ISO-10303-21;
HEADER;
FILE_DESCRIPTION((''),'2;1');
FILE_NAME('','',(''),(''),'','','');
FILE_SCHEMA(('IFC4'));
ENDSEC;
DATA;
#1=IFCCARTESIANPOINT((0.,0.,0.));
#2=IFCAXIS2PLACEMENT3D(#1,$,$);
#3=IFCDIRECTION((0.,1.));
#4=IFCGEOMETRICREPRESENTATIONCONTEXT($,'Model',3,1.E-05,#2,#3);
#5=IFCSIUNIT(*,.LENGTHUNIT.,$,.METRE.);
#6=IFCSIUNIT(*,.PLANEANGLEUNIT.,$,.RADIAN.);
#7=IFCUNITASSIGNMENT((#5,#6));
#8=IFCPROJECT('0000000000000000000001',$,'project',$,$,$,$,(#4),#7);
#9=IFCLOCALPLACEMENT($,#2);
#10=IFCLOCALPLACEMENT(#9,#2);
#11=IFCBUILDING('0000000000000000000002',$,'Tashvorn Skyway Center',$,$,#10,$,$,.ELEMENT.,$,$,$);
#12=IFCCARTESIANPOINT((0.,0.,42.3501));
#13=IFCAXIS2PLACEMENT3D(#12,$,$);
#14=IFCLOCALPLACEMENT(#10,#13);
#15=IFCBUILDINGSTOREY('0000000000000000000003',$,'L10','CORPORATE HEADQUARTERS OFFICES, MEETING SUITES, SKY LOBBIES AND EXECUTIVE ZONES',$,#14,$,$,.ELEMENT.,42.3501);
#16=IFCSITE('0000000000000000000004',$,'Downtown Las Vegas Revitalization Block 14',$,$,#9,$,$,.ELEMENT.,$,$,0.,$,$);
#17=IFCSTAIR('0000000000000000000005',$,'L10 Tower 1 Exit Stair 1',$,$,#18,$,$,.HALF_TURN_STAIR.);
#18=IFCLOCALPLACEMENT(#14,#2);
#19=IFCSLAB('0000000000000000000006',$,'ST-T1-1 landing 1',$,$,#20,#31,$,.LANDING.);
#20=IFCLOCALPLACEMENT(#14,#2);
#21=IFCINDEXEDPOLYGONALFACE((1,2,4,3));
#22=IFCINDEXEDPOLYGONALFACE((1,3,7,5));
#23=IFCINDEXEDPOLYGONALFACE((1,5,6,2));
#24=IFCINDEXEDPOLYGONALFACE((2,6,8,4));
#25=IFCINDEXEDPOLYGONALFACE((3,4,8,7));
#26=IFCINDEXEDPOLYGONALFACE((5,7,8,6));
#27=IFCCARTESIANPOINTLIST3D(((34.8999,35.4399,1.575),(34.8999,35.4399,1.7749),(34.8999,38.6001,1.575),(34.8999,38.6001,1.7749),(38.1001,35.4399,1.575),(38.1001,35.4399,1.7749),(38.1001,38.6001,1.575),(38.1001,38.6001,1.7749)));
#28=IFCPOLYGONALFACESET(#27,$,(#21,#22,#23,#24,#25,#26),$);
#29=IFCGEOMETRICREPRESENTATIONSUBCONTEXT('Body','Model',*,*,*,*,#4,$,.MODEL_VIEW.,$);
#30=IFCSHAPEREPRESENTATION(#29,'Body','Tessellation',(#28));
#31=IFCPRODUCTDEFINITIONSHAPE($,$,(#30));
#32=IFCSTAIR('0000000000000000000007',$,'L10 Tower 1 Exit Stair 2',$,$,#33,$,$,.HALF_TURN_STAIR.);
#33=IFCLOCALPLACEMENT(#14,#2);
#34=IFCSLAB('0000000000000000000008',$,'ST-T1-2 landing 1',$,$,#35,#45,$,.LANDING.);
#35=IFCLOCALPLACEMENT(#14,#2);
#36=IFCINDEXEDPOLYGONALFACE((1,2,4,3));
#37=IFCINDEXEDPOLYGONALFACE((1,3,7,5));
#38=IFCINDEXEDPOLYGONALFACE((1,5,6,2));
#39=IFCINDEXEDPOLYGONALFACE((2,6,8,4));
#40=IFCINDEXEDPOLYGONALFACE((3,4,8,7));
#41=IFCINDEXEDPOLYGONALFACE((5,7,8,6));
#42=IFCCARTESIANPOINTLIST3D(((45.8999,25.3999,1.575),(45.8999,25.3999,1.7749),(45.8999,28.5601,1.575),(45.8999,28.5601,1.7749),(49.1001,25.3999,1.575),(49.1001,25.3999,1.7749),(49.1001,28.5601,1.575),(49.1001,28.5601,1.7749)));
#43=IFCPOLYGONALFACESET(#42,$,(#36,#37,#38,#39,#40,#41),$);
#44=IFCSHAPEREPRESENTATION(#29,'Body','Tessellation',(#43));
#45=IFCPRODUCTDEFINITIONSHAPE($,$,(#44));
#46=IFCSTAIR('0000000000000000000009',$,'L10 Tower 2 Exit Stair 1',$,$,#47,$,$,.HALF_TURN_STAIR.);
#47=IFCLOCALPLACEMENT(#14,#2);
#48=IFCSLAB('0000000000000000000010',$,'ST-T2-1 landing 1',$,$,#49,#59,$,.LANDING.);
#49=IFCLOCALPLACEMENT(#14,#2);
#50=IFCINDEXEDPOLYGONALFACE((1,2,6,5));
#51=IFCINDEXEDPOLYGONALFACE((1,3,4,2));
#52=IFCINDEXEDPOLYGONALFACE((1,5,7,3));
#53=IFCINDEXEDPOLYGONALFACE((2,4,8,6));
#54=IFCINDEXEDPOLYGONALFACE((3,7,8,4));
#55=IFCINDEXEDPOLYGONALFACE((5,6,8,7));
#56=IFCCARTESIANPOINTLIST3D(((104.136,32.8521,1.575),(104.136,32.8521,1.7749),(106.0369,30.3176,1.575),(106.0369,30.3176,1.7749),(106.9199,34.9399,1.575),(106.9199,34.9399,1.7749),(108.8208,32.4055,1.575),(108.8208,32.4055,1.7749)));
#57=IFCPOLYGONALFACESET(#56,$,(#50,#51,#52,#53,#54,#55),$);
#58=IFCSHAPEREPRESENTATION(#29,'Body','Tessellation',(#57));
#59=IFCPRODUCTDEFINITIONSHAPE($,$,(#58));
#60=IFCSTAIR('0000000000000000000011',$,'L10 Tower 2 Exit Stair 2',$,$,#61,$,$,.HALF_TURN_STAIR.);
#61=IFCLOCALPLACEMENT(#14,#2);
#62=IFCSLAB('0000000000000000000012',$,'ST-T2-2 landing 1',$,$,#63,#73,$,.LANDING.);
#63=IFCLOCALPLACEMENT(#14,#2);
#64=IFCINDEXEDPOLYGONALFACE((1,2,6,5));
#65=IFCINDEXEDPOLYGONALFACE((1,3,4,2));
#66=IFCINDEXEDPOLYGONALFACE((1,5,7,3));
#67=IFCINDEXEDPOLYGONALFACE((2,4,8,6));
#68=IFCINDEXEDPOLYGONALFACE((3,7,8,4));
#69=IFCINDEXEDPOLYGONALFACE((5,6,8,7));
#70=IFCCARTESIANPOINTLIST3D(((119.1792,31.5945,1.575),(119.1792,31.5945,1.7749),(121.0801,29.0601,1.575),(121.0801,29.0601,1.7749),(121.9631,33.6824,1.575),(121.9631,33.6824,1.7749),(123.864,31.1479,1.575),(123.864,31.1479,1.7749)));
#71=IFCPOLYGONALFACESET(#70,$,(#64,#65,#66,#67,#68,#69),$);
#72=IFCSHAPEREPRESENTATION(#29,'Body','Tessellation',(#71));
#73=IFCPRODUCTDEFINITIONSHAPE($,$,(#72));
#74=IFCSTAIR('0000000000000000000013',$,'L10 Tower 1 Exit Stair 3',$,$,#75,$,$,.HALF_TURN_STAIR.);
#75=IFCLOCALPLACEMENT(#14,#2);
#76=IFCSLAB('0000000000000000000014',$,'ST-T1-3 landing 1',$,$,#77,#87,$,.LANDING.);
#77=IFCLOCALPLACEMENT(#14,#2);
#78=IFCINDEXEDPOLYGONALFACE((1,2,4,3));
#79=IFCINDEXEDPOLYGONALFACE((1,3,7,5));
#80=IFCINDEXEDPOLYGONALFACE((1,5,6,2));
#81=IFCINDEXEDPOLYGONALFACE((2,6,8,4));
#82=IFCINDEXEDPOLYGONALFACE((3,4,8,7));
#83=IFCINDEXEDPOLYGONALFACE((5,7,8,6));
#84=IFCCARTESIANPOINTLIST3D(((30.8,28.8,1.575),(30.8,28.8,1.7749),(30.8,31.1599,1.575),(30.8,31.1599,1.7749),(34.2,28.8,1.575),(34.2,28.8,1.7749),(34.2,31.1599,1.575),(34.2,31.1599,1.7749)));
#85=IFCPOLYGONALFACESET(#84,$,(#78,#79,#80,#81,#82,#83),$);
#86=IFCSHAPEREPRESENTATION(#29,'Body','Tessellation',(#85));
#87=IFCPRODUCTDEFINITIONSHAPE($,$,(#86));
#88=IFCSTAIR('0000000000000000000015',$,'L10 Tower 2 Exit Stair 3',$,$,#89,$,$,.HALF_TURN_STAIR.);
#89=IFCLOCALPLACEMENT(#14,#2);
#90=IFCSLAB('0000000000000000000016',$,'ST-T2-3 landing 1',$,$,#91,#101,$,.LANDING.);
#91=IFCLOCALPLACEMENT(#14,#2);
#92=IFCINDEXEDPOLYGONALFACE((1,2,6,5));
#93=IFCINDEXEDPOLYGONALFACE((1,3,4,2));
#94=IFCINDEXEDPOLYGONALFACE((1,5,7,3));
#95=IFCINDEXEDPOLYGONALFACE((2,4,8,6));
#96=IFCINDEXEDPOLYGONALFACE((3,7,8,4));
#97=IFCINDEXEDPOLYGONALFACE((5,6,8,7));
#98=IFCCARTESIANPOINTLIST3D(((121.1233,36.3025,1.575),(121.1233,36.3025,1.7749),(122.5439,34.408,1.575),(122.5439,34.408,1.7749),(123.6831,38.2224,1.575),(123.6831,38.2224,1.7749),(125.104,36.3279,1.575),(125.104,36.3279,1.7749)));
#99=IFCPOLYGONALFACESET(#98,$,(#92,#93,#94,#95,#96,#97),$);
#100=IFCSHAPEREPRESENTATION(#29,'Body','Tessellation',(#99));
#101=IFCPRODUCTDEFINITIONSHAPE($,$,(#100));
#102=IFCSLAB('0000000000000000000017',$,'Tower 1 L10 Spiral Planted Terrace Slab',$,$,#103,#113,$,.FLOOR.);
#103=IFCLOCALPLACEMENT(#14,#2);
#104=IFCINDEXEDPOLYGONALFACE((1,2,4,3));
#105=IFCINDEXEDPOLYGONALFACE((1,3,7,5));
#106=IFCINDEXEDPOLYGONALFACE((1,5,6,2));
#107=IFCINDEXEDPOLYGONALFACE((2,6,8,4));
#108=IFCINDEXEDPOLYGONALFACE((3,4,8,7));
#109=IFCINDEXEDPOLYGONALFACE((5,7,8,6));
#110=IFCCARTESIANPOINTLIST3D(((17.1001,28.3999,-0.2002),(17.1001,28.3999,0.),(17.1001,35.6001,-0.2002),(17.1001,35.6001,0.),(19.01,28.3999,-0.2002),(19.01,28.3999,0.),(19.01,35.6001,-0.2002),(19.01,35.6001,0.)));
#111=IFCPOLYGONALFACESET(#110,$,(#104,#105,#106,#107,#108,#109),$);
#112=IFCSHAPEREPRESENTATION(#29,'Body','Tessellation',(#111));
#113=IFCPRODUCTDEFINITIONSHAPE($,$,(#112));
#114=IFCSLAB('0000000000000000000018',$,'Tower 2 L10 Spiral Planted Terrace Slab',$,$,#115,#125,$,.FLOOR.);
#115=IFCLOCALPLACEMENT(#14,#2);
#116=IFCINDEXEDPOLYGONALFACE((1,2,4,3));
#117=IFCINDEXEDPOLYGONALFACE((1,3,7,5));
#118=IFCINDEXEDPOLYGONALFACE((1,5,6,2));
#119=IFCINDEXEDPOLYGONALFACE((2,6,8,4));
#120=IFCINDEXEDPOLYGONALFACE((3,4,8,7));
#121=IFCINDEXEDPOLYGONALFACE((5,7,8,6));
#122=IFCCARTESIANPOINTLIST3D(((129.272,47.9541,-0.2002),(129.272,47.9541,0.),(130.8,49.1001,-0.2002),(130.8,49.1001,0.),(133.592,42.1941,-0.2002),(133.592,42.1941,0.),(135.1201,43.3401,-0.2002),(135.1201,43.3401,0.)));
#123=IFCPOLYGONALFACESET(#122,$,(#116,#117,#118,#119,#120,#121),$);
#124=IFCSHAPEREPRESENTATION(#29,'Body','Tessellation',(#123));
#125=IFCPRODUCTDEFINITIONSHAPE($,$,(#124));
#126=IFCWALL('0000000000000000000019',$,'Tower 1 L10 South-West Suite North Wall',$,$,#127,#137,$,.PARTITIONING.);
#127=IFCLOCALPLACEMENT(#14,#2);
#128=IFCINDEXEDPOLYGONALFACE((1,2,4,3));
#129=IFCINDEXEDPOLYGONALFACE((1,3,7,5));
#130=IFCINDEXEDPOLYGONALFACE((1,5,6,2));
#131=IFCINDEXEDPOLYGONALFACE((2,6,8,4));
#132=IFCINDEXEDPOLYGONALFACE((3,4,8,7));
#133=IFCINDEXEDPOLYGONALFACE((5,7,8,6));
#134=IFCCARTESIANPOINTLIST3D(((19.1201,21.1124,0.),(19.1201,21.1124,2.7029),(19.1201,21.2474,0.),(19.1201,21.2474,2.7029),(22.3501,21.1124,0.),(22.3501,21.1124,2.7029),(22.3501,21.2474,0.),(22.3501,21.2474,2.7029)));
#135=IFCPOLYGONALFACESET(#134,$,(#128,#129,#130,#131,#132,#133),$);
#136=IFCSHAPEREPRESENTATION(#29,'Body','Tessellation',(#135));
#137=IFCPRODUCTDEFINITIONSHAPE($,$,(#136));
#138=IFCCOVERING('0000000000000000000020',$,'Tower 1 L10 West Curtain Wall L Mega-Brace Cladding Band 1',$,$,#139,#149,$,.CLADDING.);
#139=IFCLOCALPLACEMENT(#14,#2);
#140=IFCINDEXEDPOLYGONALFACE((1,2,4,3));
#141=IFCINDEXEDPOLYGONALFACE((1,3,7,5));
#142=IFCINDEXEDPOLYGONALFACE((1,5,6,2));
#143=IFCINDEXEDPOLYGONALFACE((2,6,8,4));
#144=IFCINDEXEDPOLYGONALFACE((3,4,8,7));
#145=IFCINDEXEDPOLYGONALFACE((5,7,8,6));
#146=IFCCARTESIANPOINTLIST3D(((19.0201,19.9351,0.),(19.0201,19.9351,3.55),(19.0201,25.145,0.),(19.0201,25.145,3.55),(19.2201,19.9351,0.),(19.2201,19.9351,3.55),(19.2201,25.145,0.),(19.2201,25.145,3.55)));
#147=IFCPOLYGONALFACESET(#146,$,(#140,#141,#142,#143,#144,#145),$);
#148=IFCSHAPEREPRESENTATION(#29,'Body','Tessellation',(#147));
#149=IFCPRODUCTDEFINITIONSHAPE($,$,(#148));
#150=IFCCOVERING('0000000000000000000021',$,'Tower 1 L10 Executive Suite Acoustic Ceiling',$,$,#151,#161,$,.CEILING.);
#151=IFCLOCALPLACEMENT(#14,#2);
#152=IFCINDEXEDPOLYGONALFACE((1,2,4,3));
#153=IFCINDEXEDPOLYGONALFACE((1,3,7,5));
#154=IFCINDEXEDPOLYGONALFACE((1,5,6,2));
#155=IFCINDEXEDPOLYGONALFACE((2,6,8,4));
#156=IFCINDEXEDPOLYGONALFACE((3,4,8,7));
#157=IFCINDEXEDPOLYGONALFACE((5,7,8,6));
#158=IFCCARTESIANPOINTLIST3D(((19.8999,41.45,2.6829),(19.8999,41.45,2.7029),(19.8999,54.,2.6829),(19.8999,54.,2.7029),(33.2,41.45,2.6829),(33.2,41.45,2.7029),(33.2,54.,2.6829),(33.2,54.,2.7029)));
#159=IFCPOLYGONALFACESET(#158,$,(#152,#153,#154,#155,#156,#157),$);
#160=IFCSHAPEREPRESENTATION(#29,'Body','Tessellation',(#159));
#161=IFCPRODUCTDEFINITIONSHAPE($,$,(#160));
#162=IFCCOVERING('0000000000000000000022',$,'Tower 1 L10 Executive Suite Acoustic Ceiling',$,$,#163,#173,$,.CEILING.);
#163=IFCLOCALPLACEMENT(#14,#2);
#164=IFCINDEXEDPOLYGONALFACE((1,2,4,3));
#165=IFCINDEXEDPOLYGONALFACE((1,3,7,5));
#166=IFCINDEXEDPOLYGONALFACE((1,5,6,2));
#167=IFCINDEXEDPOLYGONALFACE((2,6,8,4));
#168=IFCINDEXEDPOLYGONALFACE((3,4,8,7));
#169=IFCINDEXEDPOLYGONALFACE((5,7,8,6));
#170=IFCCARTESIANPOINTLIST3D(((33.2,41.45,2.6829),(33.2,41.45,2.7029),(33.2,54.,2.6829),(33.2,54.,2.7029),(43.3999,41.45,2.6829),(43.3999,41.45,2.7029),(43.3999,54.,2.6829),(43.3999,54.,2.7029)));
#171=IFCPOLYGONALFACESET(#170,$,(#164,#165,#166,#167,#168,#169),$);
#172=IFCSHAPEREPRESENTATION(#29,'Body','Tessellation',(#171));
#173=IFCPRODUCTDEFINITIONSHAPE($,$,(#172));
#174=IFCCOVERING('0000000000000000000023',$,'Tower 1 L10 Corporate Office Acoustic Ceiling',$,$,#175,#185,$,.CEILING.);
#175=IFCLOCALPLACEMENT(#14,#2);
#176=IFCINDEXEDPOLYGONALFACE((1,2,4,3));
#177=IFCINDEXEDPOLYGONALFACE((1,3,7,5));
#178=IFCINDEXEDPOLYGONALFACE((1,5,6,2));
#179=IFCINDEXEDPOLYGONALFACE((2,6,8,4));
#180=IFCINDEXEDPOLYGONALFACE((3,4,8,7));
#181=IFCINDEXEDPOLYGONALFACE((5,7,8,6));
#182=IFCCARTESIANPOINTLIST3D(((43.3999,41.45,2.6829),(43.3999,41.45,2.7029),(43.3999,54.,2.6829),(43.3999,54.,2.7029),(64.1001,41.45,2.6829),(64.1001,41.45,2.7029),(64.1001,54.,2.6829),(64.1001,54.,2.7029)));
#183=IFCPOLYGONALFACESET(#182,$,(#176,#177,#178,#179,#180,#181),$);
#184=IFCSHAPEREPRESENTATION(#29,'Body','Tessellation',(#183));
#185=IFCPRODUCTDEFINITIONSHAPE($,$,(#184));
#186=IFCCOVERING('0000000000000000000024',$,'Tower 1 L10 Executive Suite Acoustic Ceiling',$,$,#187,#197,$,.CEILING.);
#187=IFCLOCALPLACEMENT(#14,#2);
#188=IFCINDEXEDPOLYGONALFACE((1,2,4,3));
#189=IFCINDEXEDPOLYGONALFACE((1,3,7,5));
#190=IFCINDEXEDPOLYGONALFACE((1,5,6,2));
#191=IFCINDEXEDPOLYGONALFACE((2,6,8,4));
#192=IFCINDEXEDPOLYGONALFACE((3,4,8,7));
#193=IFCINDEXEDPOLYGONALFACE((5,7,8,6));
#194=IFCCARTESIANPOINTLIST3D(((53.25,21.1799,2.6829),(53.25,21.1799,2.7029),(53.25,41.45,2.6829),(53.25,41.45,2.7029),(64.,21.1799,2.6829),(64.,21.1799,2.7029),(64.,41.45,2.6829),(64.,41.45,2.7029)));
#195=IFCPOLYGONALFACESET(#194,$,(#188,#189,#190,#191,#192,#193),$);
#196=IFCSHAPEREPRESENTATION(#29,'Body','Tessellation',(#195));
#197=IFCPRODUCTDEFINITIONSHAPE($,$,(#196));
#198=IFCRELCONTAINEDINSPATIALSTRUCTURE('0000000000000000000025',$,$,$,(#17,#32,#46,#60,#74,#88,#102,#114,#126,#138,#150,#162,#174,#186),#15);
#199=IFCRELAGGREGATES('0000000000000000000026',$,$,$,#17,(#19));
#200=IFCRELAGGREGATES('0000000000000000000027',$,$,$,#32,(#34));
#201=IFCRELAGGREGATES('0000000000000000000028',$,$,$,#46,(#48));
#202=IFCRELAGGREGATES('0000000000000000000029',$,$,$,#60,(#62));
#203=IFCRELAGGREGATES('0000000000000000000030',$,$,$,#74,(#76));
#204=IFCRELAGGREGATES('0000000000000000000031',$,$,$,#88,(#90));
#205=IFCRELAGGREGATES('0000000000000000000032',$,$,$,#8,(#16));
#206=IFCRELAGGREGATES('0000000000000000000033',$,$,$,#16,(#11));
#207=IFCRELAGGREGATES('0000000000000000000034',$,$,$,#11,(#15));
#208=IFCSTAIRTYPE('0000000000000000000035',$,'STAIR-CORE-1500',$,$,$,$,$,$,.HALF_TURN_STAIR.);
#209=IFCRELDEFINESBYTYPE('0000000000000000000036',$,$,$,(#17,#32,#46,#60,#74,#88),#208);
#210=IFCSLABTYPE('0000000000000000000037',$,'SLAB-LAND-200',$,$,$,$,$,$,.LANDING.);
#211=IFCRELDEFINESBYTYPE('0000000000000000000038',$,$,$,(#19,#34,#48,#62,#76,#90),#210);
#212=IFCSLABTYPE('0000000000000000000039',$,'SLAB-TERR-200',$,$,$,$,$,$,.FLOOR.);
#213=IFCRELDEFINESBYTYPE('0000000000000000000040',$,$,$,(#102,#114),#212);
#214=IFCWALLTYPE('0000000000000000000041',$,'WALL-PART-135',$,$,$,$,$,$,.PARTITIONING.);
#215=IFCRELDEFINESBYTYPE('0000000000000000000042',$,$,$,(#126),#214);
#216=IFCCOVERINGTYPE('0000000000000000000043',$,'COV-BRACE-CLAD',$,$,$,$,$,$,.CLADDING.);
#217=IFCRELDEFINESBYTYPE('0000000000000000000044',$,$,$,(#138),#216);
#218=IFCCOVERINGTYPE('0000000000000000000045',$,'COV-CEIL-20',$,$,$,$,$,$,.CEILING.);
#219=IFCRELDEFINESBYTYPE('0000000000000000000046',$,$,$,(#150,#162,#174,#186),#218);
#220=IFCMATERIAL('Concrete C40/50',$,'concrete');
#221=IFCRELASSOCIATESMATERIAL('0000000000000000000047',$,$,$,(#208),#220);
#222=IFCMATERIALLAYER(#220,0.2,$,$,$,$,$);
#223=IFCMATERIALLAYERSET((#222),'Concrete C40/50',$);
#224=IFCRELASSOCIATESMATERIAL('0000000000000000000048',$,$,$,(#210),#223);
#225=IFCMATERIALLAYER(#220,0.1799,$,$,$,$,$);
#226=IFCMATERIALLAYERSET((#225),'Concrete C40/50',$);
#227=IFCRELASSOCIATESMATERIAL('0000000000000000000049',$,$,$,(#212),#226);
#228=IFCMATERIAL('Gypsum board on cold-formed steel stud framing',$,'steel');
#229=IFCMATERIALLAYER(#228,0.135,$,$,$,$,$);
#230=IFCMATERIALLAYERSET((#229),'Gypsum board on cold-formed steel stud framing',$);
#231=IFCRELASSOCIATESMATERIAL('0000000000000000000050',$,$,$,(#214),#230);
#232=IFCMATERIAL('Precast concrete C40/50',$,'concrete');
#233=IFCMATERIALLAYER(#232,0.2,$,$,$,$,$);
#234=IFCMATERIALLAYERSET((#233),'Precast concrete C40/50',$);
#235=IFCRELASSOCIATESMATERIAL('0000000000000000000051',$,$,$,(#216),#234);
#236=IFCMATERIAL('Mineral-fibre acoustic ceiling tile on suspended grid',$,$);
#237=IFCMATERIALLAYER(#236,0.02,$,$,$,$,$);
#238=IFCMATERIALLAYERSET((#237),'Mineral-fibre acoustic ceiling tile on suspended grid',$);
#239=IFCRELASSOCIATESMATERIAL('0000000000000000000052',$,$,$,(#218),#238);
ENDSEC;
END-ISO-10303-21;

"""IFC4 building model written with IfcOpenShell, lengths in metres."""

from ifc_helpers import new_model, si_unit, direction, frame, frame_2d, origin, origin_2d, place, context, subcontext, project, spatial, polyline, rectangle, outline, extrude, material, layer, layer_set, type_object, element, aggregate, save


model = new_model("IFC4")

# Units and contexts
model_context = context("Model", 3, precision=1e-05, world=origin(), true_north=direction((0.0, 1.0)))
body_context = subcontext(model_context, "Body", "Model", "MODEL_VIEW")
ifc_project = project(units=[si_unit("LENGTHUNIT", "METRE"), si_unit("PLANEANGLEUNIT", "RADIAN")], contexts=[model_context])

# Site, building, storey
site_placement = place(None, origin())
site = spatial("IfcSite", under=ifc_project, at=site_placement, Name="Downtown Las Vegas Revitalization Block 14", CompositionType="ELEMENT", RefElevation=0.0)
building_placement = place(site_placement, origin())
building = spatial("IfcBuilding", under=site, at=building_placement, Name="Tashvorn Skyway Center", CompositionType="ELEMENT")
storey_placement = place(building_placement, frame((0.0, 0.0, 42.3501)))
storey = spatial("IfcBuildingStorey", under=building, at=storey_placement, Name="L10", Description="CORPORATE HEADQUARTERS OFFICES, MEETING SUITES, SKY LOBBIES AND EXECUTIVE ZONES", CompositionType="ELEMENT", Elevation=42.3501)

# Shared definitions
ifc_material_1 = material(Name="Concrete C40/50", Category="concrete")

# Stairs, slabs
stair_type = type_object("IfcStairType", Name="STAIR-CORE-1500", PredefinedType="HALF_TURN_STAIR", material=ifc_material_1)
stair_1_placement = place(storey_placement, origin())
stair_1 = element("IfcStair", 1, at=stair_1_placement, inside=storey, type_object=stair_type, Name="L10 Tower 1 Exit Stair 1", PredefinedType="HALF_TURN_STAIR")
ifc_layer_1 = layer(ifc_material_1, 0.2)
ifc_layer_set_1 = layer_set([ifc_layer_1], Name="Concrete C40/50")
slab_type_1 = type_object("IfcSlabType", Name="SLAB-LAND-200", PredefinedType="LANDING", material=ifc_layer_set_1)
slab_1_placement = place(storey_placement, frame((0.0, 0.0, 1.575)))
slab_1 = element("IfcSlab", 2, at=slab_1_placement, type_object=slab_type_1, Name="ST-T1-1 landing 1", PredefinedType="LANDING", context=body_context, shape_type="SweptSolid", body=[
    extrude(outline(polyline([(38.1001, 35.4399), (38.1001, 38.6001), (34.8999, 38.6001), (34.8999, 35.4399), (38.1001, 35.4399)])), origin(), (0.0, 0.0, 1.0), 0.2),
])
aggregate(stair_1, [slab_1])
stair_2_placement = place(storey_placement, origin())
stair_2 = element("IfcStair", 3, at=stair_2_placement, inside=storey, type_object=stair_type, Name="L10 Tower 1 Exit Stair 2", PredefinedType="HALF_TURN_STAIR")
slab_2_placement = place(storey_placement, frame((0.0, 0.0, 1.575)))
slab_2 = element("IfcSlab", 4, at=slab_2_placement, type_object=slab_type_1, Name="ST-T1-2 landing 1", PredefinedType="LANDING", context=body_context, shape_type="SweptSolid", body=[
    extrude(outline(polyline([(45.8999, 28.5601), (45.8999, 25.3999), (49.1001, 25.3999), (49.1001, 28.5601), (45.8999, 28.5601)])), origin(), (0.0, 0.0, 1.0), 0.2),
])
aggregate(stair_2, [slab_2])
stair_3_placement = place(storey_placement, origin())
stair_3 = element("IfcStair", 5, at=stair_3_placement, inside=storey, type_object=stair_type, Name="L10 Tower 2 Exit Stair 1", PredefinedType="HALF_TURN_STAIR")
slab_3_placement = place(storey_placement, frame((0.0, 0.0, 1.575)))
slab_3 = element("IfcSlab", 6, at=slab_3_placement, type_object=slab_type_1, Name="ST-T2-1 landing 1", PredefinedType="LANDING", context=body_context, shape_type="SweptSolid", body=[
    extrude(outline(polyline([(108.8208, 32.4055), (106.9199, 34.9399), (104.136, 32.8521), (106.0369, 30.3176), (108.8208, 32.4055)])), origin(), (0.0, 0.0, 1.0), 0.2),
])
aggregate(stair_3, [slab_3])
stair_4_placement = place(storey_placement, origin())
stair_4 = element("IfcStair", 7, at=stair_4_placement, inside=storey, type_object=stair_type, Name="L10 Tower 2 Exit Stair 2", PredefinedType="HALF_TURN_STAIR")
slab_4_placement = place(storey_placement, frame((0.0, 0.0, 1.575)))
slab_4 = element("IfcSlab", 8, at=slab_4_placement, type_object=slab_type_1, Name="ST-T2-2 landing 1", PredefinedType="LANDING", context=body_context, shape_type="SweptSolid", body=[
    extrude(outline(polyline([(119.1792, 31.5945), (121.0801, 29.0601), (123.864, 31.1479), (121.9631, 33.6824), (119.1792, 31.5945)])), origin(), (0.0, 0.0, 1.0), 0.2),
])
aggregate(stair_4, [slab_4])
stair_5_placement = place(storey_placement, origin())
stair_5 = element("IfcStair", 9, at=stair_5_placement, inside=storey, type_object=stair_type, Name="L10 Tower 1 Exit Stair 3", PredefinedType="HALF_TURN_STAIR")
slab_5_placement = place(storey_placement, frame((0.0, 0.0, 1.575)))
slab_5 = element("IfcSlab", 10, at=slab_5_placement, type_object=slab_type_1, Name="ST-T1-3 landing 1", PredefinedType="LANDING", context=body_context, shape_type="SweptSolid", body=[
    extrude(outline(polyline([(30.8, 31.1599), (30.8, 28.8), (34.2, 28.8), (34.2, 31.1599), (30.8, 31.1599)])), origin(), (0.0, 0.0, 1.0), 0.2),
])
aggregate(stair_5, [slab_5])
stair_6_placement = place(storey_placement, origin())
stair_6 = element("IfcStair", 11, at=stair_6_placement, inside=storey, type_object=stair_type, Name="L10 Tower 2 Exit Stair 3", PredefinedType="HALF_TURN_STAIR")
slab_6_placement = place(storey_placement, frame((0.0, 0.0, 1.575)))
slab_6 = element("IfcSlab", 12, at=slab_6_placement, type_object=slab_type_1, Name="ST-T2-3 landing 1", PredefinedType="LANDING", context=body_context, shape_type="SweptSolid", body=[
    extrude(outline(polyline([(121.1233, 36.3025), (122.5439, 34.408), (125.104, 36.3279), (123.6831, 38.2224), (121.1233, 36.3025)])), origin(), (0.0, 0.0, 1.0), 0.2),
])
aggregate(stair_6, [slab_6])

# Slabs
ifc_layer_2 = layer(ifc_material_1, 0.1799)
ifc_layer_set_2 = layer_set([ifc_layer_2], Name="Concrete C40/50")
slab_type_2 = type_object("IfcSlabType", Name="SLAB-TERR-200", PredefinedType="FLOOR", material=ifc_layer_set_2)
slab_7_placement = place(storey_placement, frame((0.0, 0.0, -0.2002)))
element("IfcSlab", 13, at=slab_7_placement, inside=storey, type_object=slab_type_2, Name="Tower 1 L10 Spiral Planted Terrace Slab", PredefinedType="FLOOR", context=body_context, shape_type="SweptSolid", body=[
    extrude(outline(polyline([(17.1001, 28.3999), (19.01, 28.3999), (19.01, 35.6001), (17.1001, 35.6001), (17.1001, 28.3999)])), origin(), (0.0, 0.0, 1.0), 0.2002),
])
slab_8_placement = place(storey_placement, frame((0.0, 0.0, -0.2002)))
element("IfcSlab", 14, at=slab_8_placement, inside=storey, type_object=slab_type_2, Name="Tower 2 L10 Spiral Planted Terrace Slab", PredefinedType="FLOOR", context=body_context, shape_type="SweptSolid", body=[
    extrude(outline(polyline([(133.592, 42.1941), (135.1201, 43.3401), (130.8, 49.1001), (129.272, 47.9541), (133.592, 42.1941)])), origin(), (0.0, 0.0, 1.0), 0.2002),
])

# Wall
ifc_material_2 = material(Name="Gypsum board on cold-formed steel stud framing", Category="steel")
ifc_layer_3 = layer(ifc_material_2, 0.135)
ifc_layer_set_3 = layer_set([ifc_layer_3], Name="Gypsum board on cold-formed steel stud framing")
wall_type = type_object("IfcWallType", Name="WALL-PART-135", PredefinedType="PARTITIONING", material=ifc_layer_set_3)
wall_placement = place(storey_placement, frame((19.1201, 21.1799, 0.0), z_axis=(0.0, 0.0, 1.0), x_axis=(1.0, 0.0, 0.0)))
element("IfcWall", 15, at=wall_placement, inside=storey, type_object=wall_type, Name="Tower 1 L10 South-West Suite North Wall", PredefinedType="PARTITIONING", context=body_context, shape_type="SweptSolid", body=[
    extrude(rectangle(XDim=3.23, YDim=0.135, at=frame_2d((1.615, 0.0))), origin(), (0.0, 0.0, 1.0), 2.7029),
])

# Coverings
ifc_material_3 = material(Name="Precast concrete C40/50", Category="concrete")
ifc_layer_4 = layer(ifc_material_3, 0.2)
ifc_layer_set_4 = layer_set([ifc_layer_4], Name="Precast concrete C40/50")
covering_type_1 = type_object("IfcCoveringType", Name="COV-BRACE-CLAD", PredefinedType="CLADDING", material=ifc_layer_set_4)
covering_1_placement = place(storey_placement, frame((19.1201, 22.54, 0.0), z_axis=(0.0, 0.0, 1.0), x_axis=(0.0, 1.0, 0.0)))
element("IfcCovering", 16, at=covering_1_placement, inside=storey, type_object=covering_type_1, Name="Tower 1 L10 West Curtain Wall L Mega-Brace Cladding Band 1", PredefinedType="CLADDING", context=body_context, shape_type="SweptSolid", body=[
    extrude(rectangle(XDim=5.21, YDim=0.2, at=origin_2d()), origin(), (0.0, 0.0, 1.0), 3.55),
])
ifc_material_4 = material(Name="Mineral-fibre acoustic ceiling tile on suspended grid")
ifc_layer_5 = layer(ifc_material_4, 0.02)
ifc_layer_set_5 = layer_set([ifc_layer_5], Name="Mineral-fibre acoustic ceiling tile on suspended grid")
covering_type_2 = type_object("IfcCoveringType", Name="COV-CEIL-20", PredefinedType="CEILING", material=ifc_layer_set_5)
covering_2_placement = place(storey_placement, frame((0.0, 0.0, 2.6829)))
element("IfcCovering", 17, at=covering_2_placement, inside=storey, type_object=covering_type_2, Name="Tower 1 L10 Executive Suite Acoustic Ceiling", PredefinedType="CEILING", context=body_context, shape_type="SweptSolid", body=[
    extrude(outline(polyline([(19.8999, 41.45), (33.2, 41.45), (33.2, 54.0), (19.8999, 54.0), (19.8999, 41.45)])), origin(), (0.0, 0.0, 1.0), 0.02),
])
covering_3_placement = place(storey_placement, frame((0.0, 0.0, 2.6829)))
element("IfcCovering", 18, at=covering_3_placement, inside=storey, type_object=covering_type_2, Name="Tower 1 L10 Executive Suite Acoustic Ceiling", PredefinedType="CEILING", context=body_context, shape_type="SweptSolid", body=[
    extrude(outline(polyline([(33.2, 41.45), (43.3999, 41.45), (43.3999, 54.0), (33.2, 54.0), (33.2, 41.45)])), origin(), (0.0, 0.0, 1.0), 0.02),
])
covering_4_placement = place(storey_placement, frame((0.0, 0.0, 2.6829)))
element("IfcCovering", 19, at=covering_4_placement, inside=storey, type_object=covering_type_2, Name="Tower 1 L10 Corporate Office Acoustic Ceiling", PredefinedType="CEILING", context=body_context, shape_type="SweptSolid", body=[
    extrude(outline(polyline([(43.3999, 41.45), (64.1001, 41.45), (64.1001, 54.0), (43.3999, 54.0), (43.3999, 41.45)])), origin(), (0.0, 0.0, 1.0), 0.02),
])
covering_5_placement = place(storey_placement, frame((0.0, 0.0, 2.6829)))
element("IfcCovering", 20, at=covering_5_placement, inside=storey, type_object=covering_type_2, Name="Tower 1 L10 Executive Suite Acoustic Ceiling", PredefinedType="CEILING", context=body_context, shape_type="SweptSolid", body=[
    extrude(outline(polyline([(53.25, 21.1799), (64.0, 21.1799), (64.0, 41.45), (53.25, 41.45), (53.25, 21.1799)])), origin(), (0.0, 0.0, 1.0), 0.02),
])

save(model, "model.ifc")
